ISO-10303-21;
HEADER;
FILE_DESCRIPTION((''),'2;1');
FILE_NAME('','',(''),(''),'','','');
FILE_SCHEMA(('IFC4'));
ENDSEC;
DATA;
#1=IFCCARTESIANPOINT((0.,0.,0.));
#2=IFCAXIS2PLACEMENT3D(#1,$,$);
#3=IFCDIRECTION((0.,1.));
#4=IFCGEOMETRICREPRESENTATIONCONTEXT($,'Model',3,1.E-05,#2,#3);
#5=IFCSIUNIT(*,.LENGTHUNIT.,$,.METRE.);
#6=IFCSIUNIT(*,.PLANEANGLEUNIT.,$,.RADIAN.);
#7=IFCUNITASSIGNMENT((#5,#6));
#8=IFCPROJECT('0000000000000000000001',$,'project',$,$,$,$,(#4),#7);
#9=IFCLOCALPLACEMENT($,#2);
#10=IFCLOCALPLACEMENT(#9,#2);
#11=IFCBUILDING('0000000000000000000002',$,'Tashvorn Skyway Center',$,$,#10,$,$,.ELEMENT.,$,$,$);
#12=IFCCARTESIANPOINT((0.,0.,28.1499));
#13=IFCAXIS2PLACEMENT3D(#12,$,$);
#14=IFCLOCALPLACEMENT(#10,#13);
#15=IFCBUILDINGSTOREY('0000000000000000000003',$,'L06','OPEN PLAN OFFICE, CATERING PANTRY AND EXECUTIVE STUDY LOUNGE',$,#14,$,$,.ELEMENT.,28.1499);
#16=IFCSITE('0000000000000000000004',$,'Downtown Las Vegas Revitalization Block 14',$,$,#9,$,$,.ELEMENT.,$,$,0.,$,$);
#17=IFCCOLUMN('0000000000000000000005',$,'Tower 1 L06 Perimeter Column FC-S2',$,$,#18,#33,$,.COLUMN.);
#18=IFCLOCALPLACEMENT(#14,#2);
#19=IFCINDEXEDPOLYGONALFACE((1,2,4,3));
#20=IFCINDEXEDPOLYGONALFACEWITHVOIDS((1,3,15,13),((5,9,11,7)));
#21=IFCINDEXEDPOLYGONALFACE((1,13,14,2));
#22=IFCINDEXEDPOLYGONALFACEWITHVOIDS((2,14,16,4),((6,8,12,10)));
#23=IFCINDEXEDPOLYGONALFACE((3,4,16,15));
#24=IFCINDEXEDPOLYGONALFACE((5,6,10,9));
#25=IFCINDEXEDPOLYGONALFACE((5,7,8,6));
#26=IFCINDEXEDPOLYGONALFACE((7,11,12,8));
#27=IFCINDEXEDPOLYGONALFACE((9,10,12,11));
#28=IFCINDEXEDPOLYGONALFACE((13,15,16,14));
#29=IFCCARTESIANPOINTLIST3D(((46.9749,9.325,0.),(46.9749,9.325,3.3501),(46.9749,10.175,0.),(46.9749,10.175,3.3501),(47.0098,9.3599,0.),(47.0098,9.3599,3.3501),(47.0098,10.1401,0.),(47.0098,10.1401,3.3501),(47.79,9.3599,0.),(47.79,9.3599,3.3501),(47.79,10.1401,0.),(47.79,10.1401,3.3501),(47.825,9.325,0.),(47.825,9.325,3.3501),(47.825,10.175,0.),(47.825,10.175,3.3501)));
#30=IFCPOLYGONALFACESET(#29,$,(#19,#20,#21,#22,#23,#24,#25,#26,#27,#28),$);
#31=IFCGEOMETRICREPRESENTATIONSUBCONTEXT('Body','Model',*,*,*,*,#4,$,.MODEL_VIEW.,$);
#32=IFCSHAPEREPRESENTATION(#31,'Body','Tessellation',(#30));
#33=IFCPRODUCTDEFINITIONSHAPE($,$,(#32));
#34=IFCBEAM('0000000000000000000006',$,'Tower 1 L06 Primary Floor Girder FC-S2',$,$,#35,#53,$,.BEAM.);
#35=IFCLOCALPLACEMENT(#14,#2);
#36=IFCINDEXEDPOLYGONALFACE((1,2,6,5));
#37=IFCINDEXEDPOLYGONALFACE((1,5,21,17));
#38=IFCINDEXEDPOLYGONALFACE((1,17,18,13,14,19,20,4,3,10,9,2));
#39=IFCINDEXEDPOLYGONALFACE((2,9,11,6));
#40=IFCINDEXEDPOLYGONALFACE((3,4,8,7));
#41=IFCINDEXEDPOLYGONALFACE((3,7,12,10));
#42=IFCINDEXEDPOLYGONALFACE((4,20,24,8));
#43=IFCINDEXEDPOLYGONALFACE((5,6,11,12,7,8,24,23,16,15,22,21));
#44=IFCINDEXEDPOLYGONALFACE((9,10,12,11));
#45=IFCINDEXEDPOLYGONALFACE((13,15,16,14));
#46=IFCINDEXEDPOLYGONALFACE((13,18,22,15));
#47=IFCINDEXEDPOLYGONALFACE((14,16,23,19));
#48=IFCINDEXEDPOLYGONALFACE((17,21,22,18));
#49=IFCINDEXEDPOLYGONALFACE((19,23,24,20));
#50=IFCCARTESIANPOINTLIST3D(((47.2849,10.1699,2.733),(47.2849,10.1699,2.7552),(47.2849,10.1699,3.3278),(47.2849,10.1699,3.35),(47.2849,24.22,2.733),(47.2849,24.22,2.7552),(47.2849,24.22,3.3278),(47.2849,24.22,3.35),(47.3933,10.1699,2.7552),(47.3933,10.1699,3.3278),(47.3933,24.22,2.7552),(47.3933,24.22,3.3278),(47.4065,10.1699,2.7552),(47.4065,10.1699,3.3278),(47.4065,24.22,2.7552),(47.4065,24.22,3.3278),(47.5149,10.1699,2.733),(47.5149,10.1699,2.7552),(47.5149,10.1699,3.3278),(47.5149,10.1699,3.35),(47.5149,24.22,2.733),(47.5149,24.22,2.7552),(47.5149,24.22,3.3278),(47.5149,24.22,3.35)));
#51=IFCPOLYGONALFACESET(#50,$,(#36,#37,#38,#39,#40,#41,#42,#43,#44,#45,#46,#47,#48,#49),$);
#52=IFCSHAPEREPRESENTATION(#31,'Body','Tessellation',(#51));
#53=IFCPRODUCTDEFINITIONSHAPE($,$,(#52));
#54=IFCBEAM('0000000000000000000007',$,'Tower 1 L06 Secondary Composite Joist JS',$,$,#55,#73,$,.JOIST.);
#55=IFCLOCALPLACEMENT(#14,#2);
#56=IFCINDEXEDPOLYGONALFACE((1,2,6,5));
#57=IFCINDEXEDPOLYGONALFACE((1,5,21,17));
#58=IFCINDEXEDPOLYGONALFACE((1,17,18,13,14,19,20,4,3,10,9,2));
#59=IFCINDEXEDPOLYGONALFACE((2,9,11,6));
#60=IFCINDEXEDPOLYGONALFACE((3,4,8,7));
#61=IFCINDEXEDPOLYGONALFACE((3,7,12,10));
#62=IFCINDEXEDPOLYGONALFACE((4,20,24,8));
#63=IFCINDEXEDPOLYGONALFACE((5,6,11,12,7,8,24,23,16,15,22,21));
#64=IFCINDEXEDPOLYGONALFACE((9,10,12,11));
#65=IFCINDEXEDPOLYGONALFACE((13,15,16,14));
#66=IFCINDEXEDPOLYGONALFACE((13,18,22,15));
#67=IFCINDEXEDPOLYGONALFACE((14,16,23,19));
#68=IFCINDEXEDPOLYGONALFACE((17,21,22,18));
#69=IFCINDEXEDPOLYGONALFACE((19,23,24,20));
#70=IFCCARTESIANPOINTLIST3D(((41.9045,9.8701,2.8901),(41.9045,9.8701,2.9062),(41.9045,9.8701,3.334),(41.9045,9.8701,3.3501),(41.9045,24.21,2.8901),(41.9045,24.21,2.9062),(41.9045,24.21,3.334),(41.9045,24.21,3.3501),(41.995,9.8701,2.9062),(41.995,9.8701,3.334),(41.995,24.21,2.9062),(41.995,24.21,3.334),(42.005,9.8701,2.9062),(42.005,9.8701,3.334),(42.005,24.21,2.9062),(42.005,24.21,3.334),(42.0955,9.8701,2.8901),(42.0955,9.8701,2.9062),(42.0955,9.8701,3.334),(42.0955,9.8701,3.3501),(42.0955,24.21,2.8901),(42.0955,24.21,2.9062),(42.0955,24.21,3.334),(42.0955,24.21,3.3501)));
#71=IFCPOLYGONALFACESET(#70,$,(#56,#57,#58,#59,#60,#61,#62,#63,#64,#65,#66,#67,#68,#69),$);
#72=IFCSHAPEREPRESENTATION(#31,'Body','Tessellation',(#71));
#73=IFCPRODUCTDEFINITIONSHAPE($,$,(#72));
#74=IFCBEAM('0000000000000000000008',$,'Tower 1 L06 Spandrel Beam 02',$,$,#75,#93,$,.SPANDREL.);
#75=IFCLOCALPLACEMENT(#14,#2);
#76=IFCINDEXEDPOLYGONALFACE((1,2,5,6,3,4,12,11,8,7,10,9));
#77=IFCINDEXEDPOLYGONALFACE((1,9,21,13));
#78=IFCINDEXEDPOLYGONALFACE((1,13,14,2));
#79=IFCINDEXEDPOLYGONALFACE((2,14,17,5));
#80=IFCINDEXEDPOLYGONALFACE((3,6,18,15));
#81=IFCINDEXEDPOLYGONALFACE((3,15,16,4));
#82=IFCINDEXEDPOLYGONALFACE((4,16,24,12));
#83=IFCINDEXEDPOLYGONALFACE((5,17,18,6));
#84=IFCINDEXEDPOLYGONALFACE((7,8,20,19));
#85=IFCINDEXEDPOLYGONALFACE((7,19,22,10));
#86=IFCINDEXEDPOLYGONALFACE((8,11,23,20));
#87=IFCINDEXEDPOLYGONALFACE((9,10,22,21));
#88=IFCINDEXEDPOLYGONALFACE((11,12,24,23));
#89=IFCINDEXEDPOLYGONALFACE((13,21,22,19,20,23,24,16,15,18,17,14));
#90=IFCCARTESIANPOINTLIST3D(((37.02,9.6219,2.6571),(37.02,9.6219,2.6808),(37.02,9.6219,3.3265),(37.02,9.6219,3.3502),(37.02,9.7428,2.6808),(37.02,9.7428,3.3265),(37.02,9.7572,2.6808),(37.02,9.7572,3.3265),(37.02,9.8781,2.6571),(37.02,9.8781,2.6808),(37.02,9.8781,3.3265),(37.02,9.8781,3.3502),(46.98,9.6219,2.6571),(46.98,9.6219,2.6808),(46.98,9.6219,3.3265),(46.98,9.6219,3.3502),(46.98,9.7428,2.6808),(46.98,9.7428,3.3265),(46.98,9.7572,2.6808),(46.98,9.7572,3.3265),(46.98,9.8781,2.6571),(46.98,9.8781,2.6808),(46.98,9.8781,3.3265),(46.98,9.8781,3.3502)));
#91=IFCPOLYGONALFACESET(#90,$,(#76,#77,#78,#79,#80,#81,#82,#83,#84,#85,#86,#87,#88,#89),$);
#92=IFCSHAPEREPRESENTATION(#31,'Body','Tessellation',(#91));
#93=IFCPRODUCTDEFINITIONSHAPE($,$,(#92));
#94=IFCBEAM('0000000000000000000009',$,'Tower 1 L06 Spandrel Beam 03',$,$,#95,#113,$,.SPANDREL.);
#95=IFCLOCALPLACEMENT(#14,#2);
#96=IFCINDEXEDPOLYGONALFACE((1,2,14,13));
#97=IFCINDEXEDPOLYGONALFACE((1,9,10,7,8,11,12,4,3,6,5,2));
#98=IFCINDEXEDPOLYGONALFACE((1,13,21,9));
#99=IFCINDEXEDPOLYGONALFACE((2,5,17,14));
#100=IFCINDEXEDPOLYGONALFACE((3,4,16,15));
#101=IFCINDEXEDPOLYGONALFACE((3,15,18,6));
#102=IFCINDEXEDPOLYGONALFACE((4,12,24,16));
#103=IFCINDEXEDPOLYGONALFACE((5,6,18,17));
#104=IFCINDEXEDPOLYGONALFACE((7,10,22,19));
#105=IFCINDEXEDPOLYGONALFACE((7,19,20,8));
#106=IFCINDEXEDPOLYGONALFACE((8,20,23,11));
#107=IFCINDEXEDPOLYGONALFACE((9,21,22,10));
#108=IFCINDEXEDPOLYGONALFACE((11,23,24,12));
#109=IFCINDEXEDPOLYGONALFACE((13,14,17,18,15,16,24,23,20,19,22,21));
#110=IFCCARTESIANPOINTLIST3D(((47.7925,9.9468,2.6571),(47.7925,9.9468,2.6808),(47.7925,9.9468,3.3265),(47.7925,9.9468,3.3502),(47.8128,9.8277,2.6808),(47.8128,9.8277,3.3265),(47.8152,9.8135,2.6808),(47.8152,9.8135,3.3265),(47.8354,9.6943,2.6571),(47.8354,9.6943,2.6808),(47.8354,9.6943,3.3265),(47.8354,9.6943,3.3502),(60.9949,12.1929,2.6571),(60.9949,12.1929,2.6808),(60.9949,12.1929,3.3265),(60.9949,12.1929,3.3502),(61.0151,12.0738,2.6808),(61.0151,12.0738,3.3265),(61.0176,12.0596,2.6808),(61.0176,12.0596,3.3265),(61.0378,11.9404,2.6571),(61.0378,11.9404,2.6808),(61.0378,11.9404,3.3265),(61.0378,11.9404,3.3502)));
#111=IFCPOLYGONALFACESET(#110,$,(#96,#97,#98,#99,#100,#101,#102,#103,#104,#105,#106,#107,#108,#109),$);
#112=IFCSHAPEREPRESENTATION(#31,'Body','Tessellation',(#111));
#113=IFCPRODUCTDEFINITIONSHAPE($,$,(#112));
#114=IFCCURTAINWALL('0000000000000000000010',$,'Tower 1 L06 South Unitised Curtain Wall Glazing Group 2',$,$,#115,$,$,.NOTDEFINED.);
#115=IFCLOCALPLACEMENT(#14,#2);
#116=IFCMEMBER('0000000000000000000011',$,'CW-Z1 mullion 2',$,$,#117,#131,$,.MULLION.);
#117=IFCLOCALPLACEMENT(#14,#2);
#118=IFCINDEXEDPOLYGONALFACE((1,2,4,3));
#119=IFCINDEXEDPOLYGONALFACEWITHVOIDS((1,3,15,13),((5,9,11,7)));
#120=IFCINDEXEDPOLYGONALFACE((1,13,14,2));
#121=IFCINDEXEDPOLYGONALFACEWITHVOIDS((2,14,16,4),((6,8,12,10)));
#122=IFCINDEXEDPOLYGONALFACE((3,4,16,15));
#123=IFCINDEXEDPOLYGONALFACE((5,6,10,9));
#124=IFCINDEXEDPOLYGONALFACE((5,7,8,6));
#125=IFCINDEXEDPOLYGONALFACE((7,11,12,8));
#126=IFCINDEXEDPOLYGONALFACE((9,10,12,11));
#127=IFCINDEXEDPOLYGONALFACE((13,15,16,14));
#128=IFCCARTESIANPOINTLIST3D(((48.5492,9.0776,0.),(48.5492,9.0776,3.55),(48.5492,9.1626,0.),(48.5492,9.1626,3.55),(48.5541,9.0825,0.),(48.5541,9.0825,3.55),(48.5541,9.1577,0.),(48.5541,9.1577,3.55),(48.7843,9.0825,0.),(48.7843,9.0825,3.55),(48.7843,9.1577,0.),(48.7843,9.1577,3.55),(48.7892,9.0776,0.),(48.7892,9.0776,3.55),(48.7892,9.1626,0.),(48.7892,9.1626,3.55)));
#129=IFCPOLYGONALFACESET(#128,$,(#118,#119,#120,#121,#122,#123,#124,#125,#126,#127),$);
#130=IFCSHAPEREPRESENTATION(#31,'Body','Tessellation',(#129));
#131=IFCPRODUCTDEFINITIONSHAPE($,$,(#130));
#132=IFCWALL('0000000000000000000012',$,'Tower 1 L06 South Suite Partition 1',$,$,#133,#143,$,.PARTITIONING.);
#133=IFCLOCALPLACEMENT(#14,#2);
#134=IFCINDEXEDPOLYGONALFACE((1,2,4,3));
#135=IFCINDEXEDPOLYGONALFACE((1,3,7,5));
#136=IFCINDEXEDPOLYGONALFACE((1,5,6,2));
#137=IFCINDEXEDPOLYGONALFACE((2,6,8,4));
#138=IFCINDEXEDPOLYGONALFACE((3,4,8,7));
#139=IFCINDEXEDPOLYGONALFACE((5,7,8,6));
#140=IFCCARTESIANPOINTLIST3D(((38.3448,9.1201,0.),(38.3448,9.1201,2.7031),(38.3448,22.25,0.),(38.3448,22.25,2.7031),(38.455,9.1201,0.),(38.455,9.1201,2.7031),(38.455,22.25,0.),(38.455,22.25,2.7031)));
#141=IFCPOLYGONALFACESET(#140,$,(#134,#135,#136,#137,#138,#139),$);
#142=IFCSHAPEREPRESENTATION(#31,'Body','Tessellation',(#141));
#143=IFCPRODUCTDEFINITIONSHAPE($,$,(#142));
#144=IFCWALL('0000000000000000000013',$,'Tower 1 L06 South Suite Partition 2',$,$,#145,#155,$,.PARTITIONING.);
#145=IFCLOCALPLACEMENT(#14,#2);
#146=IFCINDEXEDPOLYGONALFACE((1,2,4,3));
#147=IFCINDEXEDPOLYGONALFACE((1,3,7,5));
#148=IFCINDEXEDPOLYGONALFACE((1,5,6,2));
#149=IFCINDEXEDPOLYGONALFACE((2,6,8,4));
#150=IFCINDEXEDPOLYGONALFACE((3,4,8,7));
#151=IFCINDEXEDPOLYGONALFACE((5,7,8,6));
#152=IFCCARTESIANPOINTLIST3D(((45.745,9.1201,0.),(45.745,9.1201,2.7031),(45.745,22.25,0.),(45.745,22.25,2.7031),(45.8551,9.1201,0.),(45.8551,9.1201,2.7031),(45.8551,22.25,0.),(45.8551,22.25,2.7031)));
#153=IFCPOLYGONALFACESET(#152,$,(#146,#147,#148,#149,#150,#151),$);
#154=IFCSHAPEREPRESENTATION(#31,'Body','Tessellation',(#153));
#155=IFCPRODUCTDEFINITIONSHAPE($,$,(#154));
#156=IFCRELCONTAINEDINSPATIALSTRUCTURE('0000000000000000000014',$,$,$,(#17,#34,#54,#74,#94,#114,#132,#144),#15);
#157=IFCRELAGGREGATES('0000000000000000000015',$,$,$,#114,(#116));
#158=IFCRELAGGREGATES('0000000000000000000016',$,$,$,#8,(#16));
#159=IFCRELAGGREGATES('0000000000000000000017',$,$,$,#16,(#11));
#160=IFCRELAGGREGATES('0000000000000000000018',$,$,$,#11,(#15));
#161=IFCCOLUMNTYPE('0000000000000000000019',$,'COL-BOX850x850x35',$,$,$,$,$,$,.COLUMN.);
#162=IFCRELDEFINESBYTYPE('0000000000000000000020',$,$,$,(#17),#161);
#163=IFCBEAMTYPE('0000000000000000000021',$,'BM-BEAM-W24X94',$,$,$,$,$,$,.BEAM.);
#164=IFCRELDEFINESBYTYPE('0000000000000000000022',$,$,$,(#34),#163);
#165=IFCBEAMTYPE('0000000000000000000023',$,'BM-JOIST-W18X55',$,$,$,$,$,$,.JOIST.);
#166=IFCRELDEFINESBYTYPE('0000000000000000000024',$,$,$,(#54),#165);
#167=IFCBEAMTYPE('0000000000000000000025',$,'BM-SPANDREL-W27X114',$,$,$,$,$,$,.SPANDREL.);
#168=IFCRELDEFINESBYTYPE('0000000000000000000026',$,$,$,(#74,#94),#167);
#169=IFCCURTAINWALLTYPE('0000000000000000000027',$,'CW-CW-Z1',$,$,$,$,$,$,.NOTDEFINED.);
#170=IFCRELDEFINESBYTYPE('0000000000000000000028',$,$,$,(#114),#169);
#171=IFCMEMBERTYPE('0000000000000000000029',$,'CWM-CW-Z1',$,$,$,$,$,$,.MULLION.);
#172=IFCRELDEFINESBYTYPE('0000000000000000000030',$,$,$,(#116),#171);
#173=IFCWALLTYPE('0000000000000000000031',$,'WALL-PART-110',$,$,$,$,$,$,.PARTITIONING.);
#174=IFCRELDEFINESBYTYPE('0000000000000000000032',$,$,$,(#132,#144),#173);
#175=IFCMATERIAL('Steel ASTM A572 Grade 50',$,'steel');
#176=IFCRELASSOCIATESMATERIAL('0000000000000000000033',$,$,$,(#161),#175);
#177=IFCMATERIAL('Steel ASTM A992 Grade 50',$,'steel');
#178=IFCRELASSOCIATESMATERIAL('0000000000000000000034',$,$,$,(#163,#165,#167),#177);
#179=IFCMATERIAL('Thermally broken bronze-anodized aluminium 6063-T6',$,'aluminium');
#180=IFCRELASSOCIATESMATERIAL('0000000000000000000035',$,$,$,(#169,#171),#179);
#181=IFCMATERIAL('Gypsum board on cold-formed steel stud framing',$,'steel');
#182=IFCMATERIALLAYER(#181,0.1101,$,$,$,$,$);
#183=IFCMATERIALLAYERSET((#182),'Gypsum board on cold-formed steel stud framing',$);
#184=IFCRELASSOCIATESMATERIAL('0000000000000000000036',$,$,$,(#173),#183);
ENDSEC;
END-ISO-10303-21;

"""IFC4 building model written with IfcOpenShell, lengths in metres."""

from ifc_helpers import new_model, si_unit, direction, frame, frame_2d, origin, origin_2d, place, context, subcontext, project, spatial, rectangle, hollow_rectangle, i_section, extrude, material, layer, layer_set, material_profile, profile_set, type_object, element, aggregate, save


model = new_model("IFC4")

# Units and contexts
model_context = context("Model", 3, precision=1e-05, world=origin(), true_north=direction((0.0, 1.0)))
body_context = subcontext(model_context, "Body", "Model", "MODEL_VIEW")
ifc_project = project(units=[si_unit("LENGTHUNIT", "METRE"), si_unit("PLANEANGLEUNIT", "RADIAN")], contexts=[model_context])

# Site, building, storey
site_placement = place(None, origin())
site = spatial("IfcSite", under=ifc_project, at=site_placement, Name="Downtown Las Vegas Revitalization Block 14", CompositionType="ELEMENT", RefElevation=0.0)
building_placement = place(site_placement, origin())
building = spatial("IfcBuilding", under=site, at=building_placement, Name="Tashvorn Skyway Center", CompositionType="ELEMENT")
storey_placement = place(building_placement, frame((0.0, 0.0, 28.1499)))
storey = spatial("IfcBuildingStorey", under=building, at=storey_placement, Name="L06", Description="OPEN PLAN OFFICE, CATERING PANTRY AND EXECUTIVE STUDY LOUNGE", CompositionType="ELEMENT", Elevation=28.1499)

# Column
ifc_material_1 = material(Name="Steel ASTM A572 Grade 50", Category="steel")
ifc_material_profile_1 = material_profile(ifc_material_1, hollow_rectangle(XDim=0.8501, YDim=0.8501, WallThickness=0.0349, at=origin_2d()), Name="BOX850x850x35")
ifc_profile_set_1 = profile_set([ifc_material_profile_1], Name="Steel ASTM A572 Grade 50")
column_type = type_object("IfcColumnType", Name="COL-BOX850x850x35", PredefinedType="COLUMN", material=ifc_profile_set_1)
column_placement = place(storey_placement, frame((47.3999, 9.75, 0.0), z_axis=(0.0, 0.0, 1.0), x_axis=(1.0, 0.0, 0.0)))
element("IfcColumn", 1, at=column_placement, inside=storey, type_object=column_type, Name="Tower 1 L06 Perimeter Column FC-S2", PredefinedType="COLUMN", context=body_context, shape_type="SweptSolid", body=[
    extrude(hollow_rectangle(XDim=0.8501, YDim=0.8501, WallThickness=0.0349, at=origin_2d()), origin(), (0.0, 0.0, 1.0), 3.3501),
])

# Beams
ifc_material_2 = material(Name="Steel ASTM A992 Grade 50", Category="steel")
ifc_material_profile_2 = material_profile(ifc_material_2, i_section(OverallWidth=0.23, OverallDepth=0.6169, WebThickness=0.0132, FlangeThickness=0.0222, at=origin_2d()), Name="W24X94")
ifc_profile_set_2 = profile_set([ifc_material_profile_2], Name="Steel ASTM A992 Grade 50")
beam_type_1 = type_object("IfcBeamType", Name="BM-BEAM-W24X94", PredefinedType="BEAM", material=ifc_profile_set_2)
beam_1_placement = place(storey_placement, frame((47.3999, 10.1699, 3.0415), z_axis=(0.0, 1.0, 0.0), x_axis=(-1.0, 0.0, 0.0)))
element("IfcBeam", 2, at=beam_1_placement, inside=storey, type_object=beam_type_1, Name="Tower 1 L06 Primary Floor Girder FC-S2", PredefinedType="BEAM", context=body_context, shape_type="SweptSolid", body=[
    extrude(i_section(OverallWidth=0.23, OverallDepth=0.6169, WebThickness=0.0132, FlangeThickness=0.0222, at=origin_2d()), origin(), (0.0, 0.0, 1.0), 14.05),
])
ifc_material_profile_3 = material_profile(ifc_material_2, i_section(OverallWidth=0.1909, OverallDepth=0.46, WebThickness=0.01, FlangeThickness=0.0161, at=origin_2d()), Name="W18X55")
ifc_profile_set_3 = profile_set([ifc_material_profile_3], Name="Steel ASTM A992 Grade 50")
beam_type_2 = type_object("IfcBeamType", Name="BM-JOIST-W18X55", PredefinedType="JOIST", material=ifc_profile_set_3)
beam_2_placement = place(storey_placement, frame((42.0, 24.21, 3.1201), z_axis=(0.0, -1.0, 0.0), x_axis=(1.0, 0.0, 0.0)))
element("IfcBeam", 3, at=beam_2_placement, inside=storey, type_object=beam_type_2, Name="Tower 1 L06 Secondary Composite Joist JS", PredefinedType="JOIST", context=body_context, shape_type="SweptSolid", body=[
    extrude(i_section(OverallWidth=0.1909, OverallDepth=0.46, WebThickness=0.01, FlangeThickness=0.0161, at=origin_2d()), origin(), (0.0, 0.0, 1.0), 14.3398),
])
ifc_material_profile_4 = material_profile(ifc_material_2, i_section(OverallWidth=0.2561, OverallDepth=0.6931, WebThickness=0.0144, FlangeThickness=0.0237, at=origin_2d()), Name="W27X114")
ifc_profile_set_4 = profile_set([ifc_material_profile_4], Name="Steel ASTM A992 Grade 50")
beam_type_3 = type_object("IfcBeamType", Name="BM-SPANDREL-W27X114", PredefinedType="SPANDREL", material=ifc_profile_set_4)
beam_3_placement = place(storey_placement, frame((37.02, 9.75, 3.0037), z_axis=(1.0, 0.0, 0.0), x_axis=(0.0, 1.0, 0.0)))
element("IfcBeam", 4, at=beam_3_placement, inside=storey, type_object=beam_type_3, Name="Tower 1 L06 Spandrel Beam 02", PredefinedType="SPANDREL", context=body_context, shape_type="SweptSolid", body=[
    extrude(i_section(OverallWidth=0.2561, OverallDepth=0.6931, WebThickness=0.0144, FlangeThickness=0.0237, at=origin_2d()), origin(), (0.0, 0.0, 1.0), 9.96),
])
beam_4_placement = place(storey_placement, frame((47.814, 9.8206, 3.0037), z_axis=(0.985835, 0.167718, 0.0), x_axis=(-0.167718, 0.985835, 0.0)))
element("IfcBeam", 5, at=beam_4_placement, inside=storey, type_object=beam_type_3, Name="Tower 1 L06 Spandrel Beam 03", PredefinedType="SPANDREL", context=body_context, shape_type="SweptSolid", body=[
    extrude(i_section(OverallWidth=0.2561, OverallDepth=0.6931, WebThickness=0.0144, FlangeThickness=0.0237, at=origin_2d()), origin(), (0.0, 0.0, 1.0), 13.3921),
])

# Curtain wall, member
ifc_material_3 = material(Name="Thermally broken bronze-anodized aluminium 6063-T6", Category="aluminium")
curtain_wall_type = type_object("IfcCurtainWallType", Name="CW-CW-Z1", PredefinedType="NOTDEFINED", material=ifc_material_3)
curtain_wall_placement = place(storey_placement, origin())
curtain_wall = element("IfcCurtainWall", 6, at=curtain_wall_placement, inside=storey, type_object=curtain_wall_type, Name="Tower 1 L06 South Unitised Curtain Wall Glazing Group 2", PredefinedType="NOTDEFINED")
ifc_material_profile_5 = material_profile(ifc_material_3, hollow_rectangle(XDim=0.085, YDim=0.24, WallThickness=0.0049, at=origin_2d()), Name="ALU-MULL-85x240")
ifc_profile_set_5 = profile_set([ifc_material_profile_5], Name="Thermally broken bronze-anodized aluminium 6063-T6")
member_type = type_object("IfcMemberType", Name="CWM-CW-Z1", PredefinedType="MULLION", material=ifc_profile_set_5)
member_placement = place(storey_placement, frame((48.6692, 9.1201, 0.0), z_axis=(0.0, 0.0, 1.0), x_axis=(0.0, -1.0, 0.0)))
member = element("IfcMember", 7, at=member_placement, type_object=member_type, Name="CW-Z1 mullion 2", PredefinedType="MULLION", context=body_context, shape_type="SweptSolid", body=[
    extrude(hollow_rectangle(XDim=0.085, YDim=0.24, WallThickness=0.0049, at=origin_2d()), origin(), (0.0, 0.0, 1.0), 3.55),
])
aggregate(curtain_wall, [member])

# Walls
ifc_material_4 = material(Name="Gypsum board on cold-formed steel stud framing", Category="steel")
ifc_layer_1 = layer(ifc_material_4, 0.1101)
ifc_layer_set_1 = layer_set([ifc_layer_1], Name="Gypsum board on cold-formed steel stud framing")
wall_type_1 = type_object("IfcWallType", Name="WALL-PART-110", PredefinedType="PARTITIONING", material=ifc_layer_set_1)
for number, where, z_axis, x_axis, name in (
    (8, (38.3999, 9.1201, 0.0), (0.0, 0.0, 1.0), (0.0, 1.0, 0.0), "Tower 1 L06 South Suite Partition 1"),
    (9, (45.8, 9.1201, 0.0), (0.0, 0.0, 1.0), (0.0, 1.0, 0.0), "Tower 1 L06 South Suite Partition 2"),
):
    element("IfcWall", number, at=place(storey_placement, frame(where, z_axis=z_axis, x_axis=x_axis)), inside=storey, type_object=wall_type_1, Name=name, PredefinedType="PARTITIONING", context=body_context, shape_type="SweptSolid", body=[
        extrude(rectangle(XDim=13.1299, YDim=0.1101, at=frame_2d((6.5649, 0.0))), origin(), (0.0, 0.0, 1.0), 2.7031),
    ])

save(model, "model.ifc")
